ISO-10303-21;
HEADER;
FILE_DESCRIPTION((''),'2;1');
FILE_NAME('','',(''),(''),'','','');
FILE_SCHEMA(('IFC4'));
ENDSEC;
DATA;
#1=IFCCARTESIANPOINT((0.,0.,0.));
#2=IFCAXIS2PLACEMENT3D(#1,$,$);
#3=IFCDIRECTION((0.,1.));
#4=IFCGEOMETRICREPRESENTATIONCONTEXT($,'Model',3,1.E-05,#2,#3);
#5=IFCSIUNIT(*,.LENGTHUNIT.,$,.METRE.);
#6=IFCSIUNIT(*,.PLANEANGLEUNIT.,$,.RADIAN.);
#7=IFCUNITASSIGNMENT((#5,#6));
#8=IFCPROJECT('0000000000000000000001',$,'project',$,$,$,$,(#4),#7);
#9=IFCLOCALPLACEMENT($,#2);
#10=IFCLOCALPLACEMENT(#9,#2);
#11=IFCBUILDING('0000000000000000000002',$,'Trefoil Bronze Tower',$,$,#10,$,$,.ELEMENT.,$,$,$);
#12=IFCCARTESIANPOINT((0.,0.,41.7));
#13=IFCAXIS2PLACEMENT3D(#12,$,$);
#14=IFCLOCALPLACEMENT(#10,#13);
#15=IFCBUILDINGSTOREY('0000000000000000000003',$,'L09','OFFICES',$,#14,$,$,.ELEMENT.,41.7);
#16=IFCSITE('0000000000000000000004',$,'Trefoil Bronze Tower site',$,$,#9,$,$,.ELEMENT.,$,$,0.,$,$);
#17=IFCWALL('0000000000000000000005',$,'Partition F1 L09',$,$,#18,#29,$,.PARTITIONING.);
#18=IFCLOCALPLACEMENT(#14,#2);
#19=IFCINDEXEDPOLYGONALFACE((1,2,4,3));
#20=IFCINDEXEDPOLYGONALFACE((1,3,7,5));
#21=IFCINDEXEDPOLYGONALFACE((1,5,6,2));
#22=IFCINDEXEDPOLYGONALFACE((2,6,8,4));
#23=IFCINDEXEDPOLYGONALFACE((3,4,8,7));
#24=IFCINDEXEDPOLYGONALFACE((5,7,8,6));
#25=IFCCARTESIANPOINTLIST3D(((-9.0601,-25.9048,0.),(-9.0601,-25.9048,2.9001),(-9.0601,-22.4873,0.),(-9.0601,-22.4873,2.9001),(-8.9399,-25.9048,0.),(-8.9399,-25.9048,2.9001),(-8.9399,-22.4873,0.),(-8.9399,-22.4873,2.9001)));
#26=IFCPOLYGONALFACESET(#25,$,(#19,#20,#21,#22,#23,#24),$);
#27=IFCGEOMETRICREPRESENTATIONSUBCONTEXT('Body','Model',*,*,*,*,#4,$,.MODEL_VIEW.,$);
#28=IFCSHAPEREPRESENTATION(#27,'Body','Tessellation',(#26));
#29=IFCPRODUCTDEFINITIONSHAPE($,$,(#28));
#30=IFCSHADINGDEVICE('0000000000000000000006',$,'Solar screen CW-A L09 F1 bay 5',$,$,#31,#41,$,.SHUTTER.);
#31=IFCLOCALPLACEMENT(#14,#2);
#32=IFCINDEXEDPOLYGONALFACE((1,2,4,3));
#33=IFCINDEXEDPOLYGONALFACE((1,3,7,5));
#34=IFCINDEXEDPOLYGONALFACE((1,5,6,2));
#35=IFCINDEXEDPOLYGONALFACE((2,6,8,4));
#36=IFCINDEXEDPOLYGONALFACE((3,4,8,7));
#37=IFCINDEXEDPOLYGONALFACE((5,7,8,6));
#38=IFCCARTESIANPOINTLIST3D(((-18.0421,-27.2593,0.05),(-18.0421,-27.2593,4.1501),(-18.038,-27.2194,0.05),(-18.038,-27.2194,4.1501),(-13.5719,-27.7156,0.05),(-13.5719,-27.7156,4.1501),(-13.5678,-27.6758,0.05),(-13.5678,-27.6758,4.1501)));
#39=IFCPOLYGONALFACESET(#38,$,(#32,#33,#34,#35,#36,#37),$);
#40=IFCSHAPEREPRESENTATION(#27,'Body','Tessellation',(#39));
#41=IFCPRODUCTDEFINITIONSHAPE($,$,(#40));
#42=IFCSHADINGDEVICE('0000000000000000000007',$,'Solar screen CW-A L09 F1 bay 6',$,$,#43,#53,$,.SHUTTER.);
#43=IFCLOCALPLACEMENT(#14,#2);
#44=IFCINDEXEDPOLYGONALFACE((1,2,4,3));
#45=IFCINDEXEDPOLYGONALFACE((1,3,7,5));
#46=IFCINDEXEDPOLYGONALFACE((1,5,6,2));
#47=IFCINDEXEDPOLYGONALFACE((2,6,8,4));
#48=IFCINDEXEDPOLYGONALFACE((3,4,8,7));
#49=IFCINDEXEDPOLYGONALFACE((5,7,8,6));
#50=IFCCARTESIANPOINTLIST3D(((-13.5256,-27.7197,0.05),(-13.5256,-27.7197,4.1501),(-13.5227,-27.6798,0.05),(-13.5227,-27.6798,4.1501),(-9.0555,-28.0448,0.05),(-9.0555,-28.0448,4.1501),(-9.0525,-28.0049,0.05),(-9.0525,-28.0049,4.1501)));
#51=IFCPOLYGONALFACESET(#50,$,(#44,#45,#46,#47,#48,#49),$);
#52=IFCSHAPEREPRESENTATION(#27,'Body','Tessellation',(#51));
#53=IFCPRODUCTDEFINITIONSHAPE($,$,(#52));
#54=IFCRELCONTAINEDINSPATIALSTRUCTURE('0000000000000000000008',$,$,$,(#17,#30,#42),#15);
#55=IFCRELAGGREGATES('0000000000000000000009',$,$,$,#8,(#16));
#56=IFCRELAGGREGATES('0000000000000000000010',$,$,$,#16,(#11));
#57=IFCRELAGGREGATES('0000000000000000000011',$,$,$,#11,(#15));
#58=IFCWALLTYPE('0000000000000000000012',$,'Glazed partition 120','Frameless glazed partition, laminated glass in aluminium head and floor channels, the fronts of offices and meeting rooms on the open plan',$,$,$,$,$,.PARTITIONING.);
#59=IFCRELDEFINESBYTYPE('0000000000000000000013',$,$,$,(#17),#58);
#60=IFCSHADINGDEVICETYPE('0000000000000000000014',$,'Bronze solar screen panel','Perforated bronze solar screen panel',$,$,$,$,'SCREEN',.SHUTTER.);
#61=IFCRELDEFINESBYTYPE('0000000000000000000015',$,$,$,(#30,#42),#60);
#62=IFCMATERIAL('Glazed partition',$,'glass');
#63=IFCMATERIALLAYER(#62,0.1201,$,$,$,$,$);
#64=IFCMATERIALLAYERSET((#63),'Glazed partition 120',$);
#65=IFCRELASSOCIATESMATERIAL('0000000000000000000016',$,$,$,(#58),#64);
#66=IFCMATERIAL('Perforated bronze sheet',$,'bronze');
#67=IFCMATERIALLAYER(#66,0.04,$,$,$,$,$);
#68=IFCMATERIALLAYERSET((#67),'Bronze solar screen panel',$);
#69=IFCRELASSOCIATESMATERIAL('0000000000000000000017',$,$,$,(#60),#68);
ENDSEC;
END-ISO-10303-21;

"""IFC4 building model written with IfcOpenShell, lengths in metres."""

from ifc_helpers import new_model, si_unit, direction, frame, frame_2d, origin, origin_2d, place, context, subcontext, project, spatial, rectangle, extrude, material, layer, layer_set, type_object, element, save


model = new_model("IFC4")

# Units and contexts
model_context = context("Model", 3, precision=1e-05, world=origin(), true_north=direction((0.0, 1.0)))
body_context = subcontext(model_context, "Body", "Model", "MODEL_VIEW")
ifc_project = project(units=[si_unit("LENGTHUNIT", "METRE"), si_unit("PLANEANGLEUNIT", "RADIAN")], contexts=[model_context])

# Site, building, storey
site_placement = place(None, origin())
site = spatial("IfcSite", under=ifc_project, at=site_placement, Name="Trefoil Bronze Tower site", CompositionType="ELEMENT", RefElevation=0.0)
building_placement = place(site_placement, origin())
building = spatial("IfcBuilding", under=site, at=building_placement, Name="Trefoil Bronze Tower", CompositionType="ELEMENT")
storey_placement = place(building_placement, frame((0.0, 0.0, 41.7)))
storey = spatial("IfcBuildingStorey", under=building, at=storey_placement, Name="L09", Description="OFFICES", CompositionType="ELEMENT", Elevation=41.7)

# Shared definitions
ifc_material_1 = material(Name="Glazed partition", Category="glass")
ifc_layer_1 = layer(ifc_material_1, 0.1201)
ifc_layer_set_1 = layer_set([ifc_layer_1], Name="Glazed partition 120")
wall_type = type_object("IfcWallType", Name="Glazed partition 120", Description="Frameless glazed partition, laminated glass in aluminium head and floor channels, the fronts of offices and meeting rooms on the open plan", PredefinedType="PARTITIONING", material=ifc_layer_set_1)

# Wall
wall_1_placement = place(storey_placement, frame((-9.0, -22.4873, 0.0), z_axis=(0.0, 0.0, 1.0), x_axis=(0.0, -1.0, 0.0)))
element("IfcWall", 1, at=wall_1_placement, inside=storey, type_object=wall_type, Name="Partition F1 L09", PredefinedType="PARTITIONING", context=body_context, shape_type="SweptSolid", body=[
    extrude(rectangle(XDim=3.4175, YDim=0.1201, at=frame_2d((1.7087, 0.0))), origin(), (0.0, 0.0, 1.0), 2.9001),
])

# Shading devices
ifc_material_2 = material(Name="Perforated bronze sheet", Category="bronze")
ifc_layer_2 = layer(ifc_material_2, 0.04)
ifc_layer_set_2 = layer_set([ifc_layer_2], Name="Bronze solar screen panel")
shading_device_type = type_object("IfcShadingDeviceType", Name="Bronze solar screen panel", Description="Perforated bronze solar screen panel", ElementType="SCREEN", PredefinedType="SHUTTER", material=ifc_layer_set_2)
shading_device_1_placement = place(storey_placement, frame((-15.8049, -27.4675, 0.05), z_axis=(0.0, 0.0, 1.0), x_axis=(0.994829, -0.101565, 0.0)))
element("IfcShadingDevice", 2, at=shading_device_1_placement, inside=storey, type_object=shading_device_type, Name="Solar screen CW-A L09 F1 bay 5", PredefinedType="SHUTTER", context=body_context, shape_type="SweptSolid", body=[
    extrude(rectangle(XDim=4.4934, YDim=0.04, at=origin_2d()), origin(), (0.0, 0.0, 1.0), 4.1001),
])
shading_device_2_placement = place(storey_placement, frame((-11.2891, -27.8623, 0.05), z_axis=(0.0, 0.0, 1.0), x_axis=(0.997365, -0.072547, 0.0)))
element("IfcShadingDevice", 3, at=shading_device_2_placement, inside=storey, type_object=shading_device_type, Name="Solar screen CW-A L09 F1 bay 6", PredefinedType="SHUTTER", context=body_context, shape_type="SweptSolid", body=[
    extrude(rectangle(XDim=4.4819, YDim=0.04, at=origin_2d()), origin(), (0.0, 0.0, 1.0), 4.1001),
])

save(model, "model.ifc")
